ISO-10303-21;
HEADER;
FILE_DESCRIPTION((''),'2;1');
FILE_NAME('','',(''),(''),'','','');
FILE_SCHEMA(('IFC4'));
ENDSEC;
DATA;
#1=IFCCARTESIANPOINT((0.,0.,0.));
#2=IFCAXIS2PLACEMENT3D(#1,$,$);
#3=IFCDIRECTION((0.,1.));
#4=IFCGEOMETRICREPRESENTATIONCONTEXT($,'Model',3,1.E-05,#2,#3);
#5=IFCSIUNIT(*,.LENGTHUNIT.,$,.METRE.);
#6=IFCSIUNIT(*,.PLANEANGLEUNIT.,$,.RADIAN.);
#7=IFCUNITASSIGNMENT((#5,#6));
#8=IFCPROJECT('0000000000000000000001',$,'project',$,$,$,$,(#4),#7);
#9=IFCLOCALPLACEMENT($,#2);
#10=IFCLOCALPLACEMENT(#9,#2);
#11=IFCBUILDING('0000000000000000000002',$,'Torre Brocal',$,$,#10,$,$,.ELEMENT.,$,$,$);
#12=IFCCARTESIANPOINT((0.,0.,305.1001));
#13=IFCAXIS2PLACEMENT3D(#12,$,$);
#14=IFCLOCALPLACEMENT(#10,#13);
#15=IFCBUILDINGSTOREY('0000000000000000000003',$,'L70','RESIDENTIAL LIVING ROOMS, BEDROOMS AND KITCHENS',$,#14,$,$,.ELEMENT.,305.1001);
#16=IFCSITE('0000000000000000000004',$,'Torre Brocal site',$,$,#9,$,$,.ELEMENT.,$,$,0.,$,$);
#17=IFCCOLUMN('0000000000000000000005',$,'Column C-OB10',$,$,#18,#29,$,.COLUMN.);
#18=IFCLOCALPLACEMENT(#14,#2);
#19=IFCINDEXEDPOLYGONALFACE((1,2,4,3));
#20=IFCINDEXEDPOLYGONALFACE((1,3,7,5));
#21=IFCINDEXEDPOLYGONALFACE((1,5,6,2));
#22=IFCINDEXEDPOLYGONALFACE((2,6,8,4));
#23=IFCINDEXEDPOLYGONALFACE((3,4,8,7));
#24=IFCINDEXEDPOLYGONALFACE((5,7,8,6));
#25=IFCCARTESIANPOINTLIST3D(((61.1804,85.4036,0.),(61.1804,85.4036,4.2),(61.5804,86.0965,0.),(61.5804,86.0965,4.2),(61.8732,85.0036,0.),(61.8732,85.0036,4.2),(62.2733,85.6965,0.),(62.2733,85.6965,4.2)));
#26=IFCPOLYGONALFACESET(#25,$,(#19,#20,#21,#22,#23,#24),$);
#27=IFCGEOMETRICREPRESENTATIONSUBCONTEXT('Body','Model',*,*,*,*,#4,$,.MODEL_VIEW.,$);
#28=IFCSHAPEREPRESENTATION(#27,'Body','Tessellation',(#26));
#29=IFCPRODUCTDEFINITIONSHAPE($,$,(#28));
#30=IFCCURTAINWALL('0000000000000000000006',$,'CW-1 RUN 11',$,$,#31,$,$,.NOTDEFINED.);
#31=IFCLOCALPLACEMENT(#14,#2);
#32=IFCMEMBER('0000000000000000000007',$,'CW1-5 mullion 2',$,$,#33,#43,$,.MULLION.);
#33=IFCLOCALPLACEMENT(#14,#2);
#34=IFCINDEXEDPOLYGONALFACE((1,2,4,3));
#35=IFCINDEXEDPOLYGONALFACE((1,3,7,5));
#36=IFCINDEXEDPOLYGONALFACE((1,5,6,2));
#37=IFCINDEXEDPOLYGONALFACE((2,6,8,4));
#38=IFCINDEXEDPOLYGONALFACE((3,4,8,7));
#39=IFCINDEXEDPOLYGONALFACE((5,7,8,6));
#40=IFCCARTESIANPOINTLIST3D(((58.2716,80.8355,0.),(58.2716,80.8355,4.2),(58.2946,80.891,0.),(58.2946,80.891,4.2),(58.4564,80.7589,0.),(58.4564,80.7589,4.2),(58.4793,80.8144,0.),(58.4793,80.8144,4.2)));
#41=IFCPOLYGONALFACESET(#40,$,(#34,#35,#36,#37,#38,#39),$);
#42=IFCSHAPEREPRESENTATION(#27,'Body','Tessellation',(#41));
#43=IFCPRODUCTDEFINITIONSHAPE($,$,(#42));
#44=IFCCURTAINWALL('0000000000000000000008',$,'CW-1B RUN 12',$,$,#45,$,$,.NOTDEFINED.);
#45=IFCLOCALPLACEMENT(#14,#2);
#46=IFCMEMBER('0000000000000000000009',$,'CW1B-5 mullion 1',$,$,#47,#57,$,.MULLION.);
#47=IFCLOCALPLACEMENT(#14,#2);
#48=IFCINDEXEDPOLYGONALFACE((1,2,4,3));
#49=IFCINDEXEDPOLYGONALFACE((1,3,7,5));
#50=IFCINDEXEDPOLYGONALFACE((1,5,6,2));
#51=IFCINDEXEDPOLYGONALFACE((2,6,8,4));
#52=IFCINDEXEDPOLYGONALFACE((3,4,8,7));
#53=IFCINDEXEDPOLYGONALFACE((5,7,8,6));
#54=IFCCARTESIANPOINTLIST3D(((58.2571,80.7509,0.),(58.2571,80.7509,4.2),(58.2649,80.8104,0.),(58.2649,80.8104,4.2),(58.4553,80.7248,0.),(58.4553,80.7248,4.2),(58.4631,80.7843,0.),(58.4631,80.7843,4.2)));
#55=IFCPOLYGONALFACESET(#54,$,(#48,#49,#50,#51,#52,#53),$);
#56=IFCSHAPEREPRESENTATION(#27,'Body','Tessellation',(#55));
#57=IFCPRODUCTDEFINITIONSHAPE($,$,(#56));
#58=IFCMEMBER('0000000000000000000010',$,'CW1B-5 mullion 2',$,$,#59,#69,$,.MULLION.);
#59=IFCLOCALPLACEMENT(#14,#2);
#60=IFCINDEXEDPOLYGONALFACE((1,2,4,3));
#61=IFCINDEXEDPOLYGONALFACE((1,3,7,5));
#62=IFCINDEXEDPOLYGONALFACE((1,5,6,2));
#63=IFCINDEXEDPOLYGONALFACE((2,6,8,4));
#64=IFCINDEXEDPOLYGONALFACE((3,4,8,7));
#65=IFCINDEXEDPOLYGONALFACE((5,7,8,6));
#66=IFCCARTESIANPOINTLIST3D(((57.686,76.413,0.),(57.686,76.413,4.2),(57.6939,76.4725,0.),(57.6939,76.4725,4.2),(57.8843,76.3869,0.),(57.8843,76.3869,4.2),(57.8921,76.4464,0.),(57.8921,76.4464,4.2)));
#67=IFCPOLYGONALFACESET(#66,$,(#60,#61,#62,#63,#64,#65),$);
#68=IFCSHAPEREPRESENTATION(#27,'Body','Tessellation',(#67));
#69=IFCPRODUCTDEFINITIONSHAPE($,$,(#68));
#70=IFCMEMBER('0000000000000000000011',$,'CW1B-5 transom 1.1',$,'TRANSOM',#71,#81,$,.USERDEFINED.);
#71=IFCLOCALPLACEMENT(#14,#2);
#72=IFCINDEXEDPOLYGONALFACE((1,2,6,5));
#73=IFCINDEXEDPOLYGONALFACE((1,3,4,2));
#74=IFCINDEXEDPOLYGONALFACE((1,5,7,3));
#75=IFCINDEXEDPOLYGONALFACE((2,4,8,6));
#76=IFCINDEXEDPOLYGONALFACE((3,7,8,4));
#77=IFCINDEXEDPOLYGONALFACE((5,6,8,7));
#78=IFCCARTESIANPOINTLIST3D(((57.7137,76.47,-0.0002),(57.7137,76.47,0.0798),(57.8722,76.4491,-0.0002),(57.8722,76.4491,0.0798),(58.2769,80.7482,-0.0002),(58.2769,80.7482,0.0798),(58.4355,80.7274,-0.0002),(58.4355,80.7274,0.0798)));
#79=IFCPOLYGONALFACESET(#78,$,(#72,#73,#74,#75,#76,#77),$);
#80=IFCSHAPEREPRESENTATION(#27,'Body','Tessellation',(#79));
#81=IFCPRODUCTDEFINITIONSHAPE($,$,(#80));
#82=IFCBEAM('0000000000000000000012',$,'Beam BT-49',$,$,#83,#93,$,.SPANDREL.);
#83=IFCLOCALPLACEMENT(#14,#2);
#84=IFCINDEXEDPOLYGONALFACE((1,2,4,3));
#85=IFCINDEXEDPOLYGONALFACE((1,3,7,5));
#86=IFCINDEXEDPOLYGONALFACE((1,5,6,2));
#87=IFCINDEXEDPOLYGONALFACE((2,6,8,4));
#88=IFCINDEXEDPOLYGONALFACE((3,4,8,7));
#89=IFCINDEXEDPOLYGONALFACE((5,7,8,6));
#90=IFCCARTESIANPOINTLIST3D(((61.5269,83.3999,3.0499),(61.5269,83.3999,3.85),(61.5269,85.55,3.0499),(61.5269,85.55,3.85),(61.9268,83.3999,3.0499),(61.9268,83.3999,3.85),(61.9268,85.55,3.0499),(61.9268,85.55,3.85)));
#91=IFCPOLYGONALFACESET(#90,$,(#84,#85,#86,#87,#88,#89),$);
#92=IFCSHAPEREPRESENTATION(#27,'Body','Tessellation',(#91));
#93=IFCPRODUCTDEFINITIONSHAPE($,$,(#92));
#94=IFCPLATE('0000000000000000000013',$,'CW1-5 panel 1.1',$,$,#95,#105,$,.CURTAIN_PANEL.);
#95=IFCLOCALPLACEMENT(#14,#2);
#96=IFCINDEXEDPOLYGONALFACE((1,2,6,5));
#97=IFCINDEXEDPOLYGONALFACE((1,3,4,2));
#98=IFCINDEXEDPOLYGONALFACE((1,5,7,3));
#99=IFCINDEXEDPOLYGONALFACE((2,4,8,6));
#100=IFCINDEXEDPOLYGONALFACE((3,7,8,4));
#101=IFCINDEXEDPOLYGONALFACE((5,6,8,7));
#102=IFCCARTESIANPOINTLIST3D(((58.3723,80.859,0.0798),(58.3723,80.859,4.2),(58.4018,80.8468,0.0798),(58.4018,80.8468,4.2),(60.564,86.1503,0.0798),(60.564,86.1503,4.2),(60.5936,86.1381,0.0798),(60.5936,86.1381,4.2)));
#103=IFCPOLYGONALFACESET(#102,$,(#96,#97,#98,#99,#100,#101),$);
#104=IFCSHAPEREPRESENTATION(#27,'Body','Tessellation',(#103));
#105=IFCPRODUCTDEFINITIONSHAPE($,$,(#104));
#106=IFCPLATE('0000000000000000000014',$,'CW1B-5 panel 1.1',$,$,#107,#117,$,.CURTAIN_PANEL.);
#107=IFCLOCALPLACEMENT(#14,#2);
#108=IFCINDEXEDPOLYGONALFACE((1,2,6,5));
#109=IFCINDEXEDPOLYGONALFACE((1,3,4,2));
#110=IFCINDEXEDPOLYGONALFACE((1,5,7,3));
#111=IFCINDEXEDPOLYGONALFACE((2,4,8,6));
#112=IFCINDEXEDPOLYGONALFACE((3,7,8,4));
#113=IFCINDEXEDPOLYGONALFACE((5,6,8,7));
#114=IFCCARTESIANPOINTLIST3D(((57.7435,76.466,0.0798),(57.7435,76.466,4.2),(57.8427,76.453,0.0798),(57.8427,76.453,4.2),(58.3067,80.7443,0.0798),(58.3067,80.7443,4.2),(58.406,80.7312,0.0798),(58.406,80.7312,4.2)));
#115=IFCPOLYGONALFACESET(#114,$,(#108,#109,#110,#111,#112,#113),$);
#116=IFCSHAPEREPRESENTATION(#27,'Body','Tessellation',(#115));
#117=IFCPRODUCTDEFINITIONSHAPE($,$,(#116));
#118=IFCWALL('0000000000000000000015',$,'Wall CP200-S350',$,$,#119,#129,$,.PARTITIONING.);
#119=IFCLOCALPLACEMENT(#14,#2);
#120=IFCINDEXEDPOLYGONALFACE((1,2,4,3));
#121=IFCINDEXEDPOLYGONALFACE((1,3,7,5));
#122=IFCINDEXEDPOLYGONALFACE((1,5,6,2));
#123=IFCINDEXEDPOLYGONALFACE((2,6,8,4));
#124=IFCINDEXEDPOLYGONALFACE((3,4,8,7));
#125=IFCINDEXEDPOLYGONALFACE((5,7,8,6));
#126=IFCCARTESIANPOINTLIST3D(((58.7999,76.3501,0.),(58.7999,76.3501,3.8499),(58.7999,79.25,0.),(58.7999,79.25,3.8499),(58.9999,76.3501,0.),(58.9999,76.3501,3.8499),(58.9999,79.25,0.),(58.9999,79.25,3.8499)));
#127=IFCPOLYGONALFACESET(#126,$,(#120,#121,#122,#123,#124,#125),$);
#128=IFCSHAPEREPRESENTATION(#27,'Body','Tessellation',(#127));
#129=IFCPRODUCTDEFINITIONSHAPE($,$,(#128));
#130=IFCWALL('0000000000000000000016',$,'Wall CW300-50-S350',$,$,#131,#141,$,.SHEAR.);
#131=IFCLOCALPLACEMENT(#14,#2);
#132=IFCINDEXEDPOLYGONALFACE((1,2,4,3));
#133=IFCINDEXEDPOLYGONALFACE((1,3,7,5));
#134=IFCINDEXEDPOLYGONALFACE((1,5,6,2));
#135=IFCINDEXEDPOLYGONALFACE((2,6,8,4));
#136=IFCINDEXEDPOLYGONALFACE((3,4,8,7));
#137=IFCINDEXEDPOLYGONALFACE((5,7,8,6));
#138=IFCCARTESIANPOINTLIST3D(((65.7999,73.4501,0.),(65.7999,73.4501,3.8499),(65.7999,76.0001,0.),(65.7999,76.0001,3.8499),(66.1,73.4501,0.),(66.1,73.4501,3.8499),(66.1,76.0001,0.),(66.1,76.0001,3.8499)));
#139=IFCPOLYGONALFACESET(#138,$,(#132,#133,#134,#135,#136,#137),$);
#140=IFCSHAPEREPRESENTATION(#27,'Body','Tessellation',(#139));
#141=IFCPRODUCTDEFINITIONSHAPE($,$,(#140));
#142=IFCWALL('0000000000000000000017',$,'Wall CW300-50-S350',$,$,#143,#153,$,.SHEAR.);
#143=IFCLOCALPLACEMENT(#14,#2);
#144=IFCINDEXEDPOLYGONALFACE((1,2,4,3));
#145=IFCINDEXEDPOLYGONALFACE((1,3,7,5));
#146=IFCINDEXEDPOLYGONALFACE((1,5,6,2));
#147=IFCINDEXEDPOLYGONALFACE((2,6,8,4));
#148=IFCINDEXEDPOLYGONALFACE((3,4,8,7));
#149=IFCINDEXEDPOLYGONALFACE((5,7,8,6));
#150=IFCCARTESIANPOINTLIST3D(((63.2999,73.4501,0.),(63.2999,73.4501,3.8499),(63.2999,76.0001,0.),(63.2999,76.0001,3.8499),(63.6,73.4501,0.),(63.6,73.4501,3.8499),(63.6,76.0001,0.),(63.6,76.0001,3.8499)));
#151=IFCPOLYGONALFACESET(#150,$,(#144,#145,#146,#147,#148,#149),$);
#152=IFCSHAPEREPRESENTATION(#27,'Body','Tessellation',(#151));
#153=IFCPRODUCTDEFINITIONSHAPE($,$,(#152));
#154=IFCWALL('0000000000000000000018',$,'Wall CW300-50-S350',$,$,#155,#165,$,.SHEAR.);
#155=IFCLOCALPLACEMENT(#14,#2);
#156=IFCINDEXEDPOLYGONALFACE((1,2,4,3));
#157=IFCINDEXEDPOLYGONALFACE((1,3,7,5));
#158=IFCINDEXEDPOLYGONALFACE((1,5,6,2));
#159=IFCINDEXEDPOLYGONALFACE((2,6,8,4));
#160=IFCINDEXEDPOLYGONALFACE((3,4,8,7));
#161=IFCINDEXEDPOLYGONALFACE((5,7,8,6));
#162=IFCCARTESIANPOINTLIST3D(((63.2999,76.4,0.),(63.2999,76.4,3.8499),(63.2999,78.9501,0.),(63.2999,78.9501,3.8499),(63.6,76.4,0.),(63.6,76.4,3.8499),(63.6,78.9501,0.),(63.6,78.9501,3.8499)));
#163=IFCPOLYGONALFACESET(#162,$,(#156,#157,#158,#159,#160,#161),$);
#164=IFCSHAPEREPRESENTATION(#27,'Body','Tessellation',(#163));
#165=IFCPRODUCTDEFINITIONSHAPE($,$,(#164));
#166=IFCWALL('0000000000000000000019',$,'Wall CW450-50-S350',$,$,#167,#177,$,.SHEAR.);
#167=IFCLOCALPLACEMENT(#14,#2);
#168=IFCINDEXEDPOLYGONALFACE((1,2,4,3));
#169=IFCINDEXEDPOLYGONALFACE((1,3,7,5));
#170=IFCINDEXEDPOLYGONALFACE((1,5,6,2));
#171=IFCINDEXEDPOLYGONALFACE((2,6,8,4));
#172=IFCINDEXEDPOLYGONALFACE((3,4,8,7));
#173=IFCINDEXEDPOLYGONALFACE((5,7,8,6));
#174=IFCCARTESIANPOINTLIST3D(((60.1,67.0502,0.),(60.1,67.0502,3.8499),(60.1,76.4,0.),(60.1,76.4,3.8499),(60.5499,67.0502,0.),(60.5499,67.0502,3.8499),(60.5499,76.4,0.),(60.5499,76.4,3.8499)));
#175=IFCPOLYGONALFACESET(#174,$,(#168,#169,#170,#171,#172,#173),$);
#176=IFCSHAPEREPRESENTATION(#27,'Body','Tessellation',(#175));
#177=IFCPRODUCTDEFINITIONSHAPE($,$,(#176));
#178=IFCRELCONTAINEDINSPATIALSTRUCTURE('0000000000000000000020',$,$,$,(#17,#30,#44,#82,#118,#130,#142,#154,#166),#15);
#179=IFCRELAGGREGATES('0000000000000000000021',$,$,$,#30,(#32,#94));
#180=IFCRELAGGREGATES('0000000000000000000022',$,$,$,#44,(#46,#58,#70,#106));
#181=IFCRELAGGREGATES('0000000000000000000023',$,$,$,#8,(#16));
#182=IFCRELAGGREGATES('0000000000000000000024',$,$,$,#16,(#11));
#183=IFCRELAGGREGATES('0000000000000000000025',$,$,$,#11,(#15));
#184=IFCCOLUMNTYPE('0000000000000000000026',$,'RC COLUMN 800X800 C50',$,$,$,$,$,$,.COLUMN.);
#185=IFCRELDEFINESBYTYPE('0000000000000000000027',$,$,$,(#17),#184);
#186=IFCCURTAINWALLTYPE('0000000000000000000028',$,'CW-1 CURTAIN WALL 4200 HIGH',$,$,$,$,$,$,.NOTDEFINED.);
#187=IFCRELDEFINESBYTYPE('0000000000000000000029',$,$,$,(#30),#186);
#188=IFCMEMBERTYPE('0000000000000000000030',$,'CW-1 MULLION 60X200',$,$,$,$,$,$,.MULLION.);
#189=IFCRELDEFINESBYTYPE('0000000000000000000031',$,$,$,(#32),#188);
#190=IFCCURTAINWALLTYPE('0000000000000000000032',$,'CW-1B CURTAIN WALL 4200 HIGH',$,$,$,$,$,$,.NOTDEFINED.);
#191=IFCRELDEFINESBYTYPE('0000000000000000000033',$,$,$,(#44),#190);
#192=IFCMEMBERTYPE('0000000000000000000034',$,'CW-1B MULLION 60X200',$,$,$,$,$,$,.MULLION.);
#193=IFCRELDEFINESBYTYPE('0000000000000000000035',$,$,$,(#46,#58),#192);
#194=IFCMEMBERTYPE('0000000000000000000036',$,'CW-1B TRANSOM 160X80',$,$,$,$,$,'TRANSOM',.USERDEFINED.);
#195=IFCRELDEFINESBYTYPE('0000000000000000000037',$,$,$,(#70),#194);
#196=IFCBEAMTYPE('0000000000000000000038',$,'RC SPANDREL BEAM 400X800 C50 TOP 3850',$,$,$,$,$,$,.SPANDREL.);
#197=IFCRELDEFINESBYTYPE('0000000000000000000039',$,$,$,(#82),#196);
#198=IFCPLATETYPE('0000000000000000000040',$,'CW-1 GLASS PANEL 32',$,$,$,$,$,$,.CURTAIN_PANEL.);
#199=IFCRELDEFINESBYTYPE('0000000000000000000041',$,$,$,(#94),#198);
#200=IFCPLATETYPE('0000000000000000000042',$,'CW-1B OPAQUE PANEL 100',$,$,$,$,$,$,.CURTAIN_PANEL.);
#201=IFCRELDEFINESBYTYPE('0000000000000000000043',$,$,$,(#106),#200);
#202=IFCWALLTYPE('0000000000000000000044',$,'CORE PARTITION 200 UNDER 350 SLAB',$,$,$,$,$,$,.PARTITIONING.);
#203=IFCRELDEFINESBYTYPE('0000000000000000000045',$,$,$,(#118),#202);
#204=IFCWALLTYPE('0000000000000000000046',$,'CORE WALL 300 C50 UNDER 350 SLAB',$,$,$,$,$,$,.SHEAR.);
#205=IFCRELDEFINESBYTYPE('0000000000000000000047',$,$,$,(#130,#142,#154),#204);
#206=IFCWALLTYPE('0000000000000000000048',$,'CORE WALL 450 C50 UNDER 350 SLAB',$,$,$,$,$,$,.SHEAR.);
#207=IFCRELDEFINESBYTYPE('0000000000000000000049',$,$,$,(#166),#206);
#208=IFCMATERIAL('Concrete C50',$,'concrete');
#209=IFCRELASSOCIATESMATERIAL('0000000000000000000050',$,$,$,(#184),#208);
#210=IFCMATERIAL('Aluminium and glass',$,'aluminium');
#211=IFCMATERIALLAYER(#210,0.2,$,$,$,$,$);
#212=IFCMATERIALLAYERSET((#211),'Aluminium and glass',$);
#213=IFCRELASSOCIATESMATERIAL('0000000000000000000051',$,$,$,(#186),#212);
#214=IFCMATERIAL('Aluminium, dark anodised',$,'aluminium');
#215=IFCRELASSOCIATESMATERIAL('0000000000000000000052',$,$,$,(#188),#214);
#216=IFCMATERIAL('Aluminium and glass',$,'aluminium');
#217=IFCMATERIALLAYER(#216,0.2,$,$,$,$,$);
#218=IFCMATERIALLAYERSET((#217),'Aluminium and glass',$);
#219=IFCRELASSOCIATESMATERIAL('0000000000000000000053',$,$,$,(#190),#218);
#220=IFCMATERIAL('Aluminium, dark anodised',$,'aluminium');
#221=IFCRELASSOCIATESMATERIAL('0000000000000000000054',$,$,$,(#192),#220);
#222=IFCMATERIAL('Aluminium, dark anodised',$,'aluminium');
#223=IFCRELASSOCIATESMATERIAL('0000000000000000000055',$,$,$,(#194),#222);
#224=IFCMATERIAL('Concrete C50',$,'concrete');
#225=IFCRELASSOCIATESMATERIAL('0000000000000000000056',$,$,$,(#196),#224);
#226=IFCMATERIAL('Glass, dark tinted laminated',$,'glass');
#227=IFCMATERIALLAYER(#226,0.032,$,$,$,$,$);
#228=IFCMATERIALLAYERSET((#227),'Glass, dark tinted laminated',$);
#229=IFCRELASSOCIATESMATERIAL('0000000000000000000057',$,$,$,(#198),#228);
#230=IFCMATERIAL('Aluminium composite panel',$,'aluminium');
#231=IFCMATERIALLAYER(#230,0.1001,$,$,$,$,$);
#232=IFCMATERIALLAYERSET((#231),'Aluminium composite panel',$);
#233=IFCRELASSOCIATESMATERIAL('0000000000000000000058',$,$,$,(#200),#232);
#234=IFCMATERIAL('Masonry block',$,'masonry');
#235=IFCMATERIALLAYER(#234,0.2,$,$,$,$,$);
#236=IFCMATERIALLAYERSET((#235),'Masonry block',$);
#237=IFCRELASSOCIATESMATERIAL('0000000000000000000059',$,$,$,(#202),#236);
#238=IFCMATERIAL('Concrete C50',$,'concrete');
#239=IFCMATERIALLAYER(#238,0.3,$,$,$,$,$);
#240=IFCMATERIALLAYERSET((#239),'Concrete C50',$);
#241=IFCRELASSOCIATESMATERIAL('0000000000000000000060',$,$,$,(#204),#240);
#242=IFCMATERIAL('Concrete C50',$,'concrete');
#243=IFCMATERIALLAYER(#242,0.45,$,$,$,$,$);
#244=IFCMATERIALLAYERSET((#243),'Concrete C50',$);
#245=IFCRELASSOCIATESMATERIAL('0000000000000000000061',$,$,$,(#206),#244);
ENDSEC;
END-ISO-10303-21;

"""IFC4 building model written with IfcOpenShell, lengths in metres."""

from ifc_helpers import new_model, si_unit, direction, frame, frame_2d, origin, origin_2d, place, context, subcontext, project, spatial, rectangle, extrude, material, layer, layer_set, material_profile, profile_set, type_object, element, aggregate, save


model = new_model("IFC4")

# Units and contexts
model_context = context("Model", 3, precision=1e-05, world=origin(), true_north=direction((0.0, 1.0)))
body_context = subcontext(model_context, "Body", "Model", "MODEL_VIEW")
ifc_project = project(units=[si_unit("LENGTHUNIT", "METRE"), si_unit("PLANEANGLEUNIT", "RADIAN")], contexts=[model_context])

# Site, building, storey
site_placement = place(None, origin())
site = spatial("IfcSite", under=ifc_project, at=site_placement, Name="Torre Brocal site", CompositionType="ELEMENT", RefElevation=0.0)
building_placement = place(site_placement, origin())
building = spatial("IfcBuilding", under=site, at=building_placement, Name="Torre Brocal", CompositionType="ELEMENT")
storey_placement = place(building_placement, frame((0.0, 0.0, 305.1001)))
storey = spatial("IfcBuildingStorey", under=building, at=storey_placement, Name="L70", Description="RESIDENTIAL LIVING ROOMS, BEDROOMS AND KITCHENS", CompositionType="ELEMENT", Elevation=305.1001)

# Column
ifc_material_1 = material(Name="Concrete C50", Category="concrete")
ifc_material_profile_1 = material_profile(ifc_material_1, rectangle(XDim=0.8, YDim=0.8, at=origin_2d()), Name="RC 800X800")
ifc_profile_set_1 = profile_set([ifc_material_profile_1], Name="Concrete C50")
column_type = type_object("IfcColumnType", Name="RC COLUMN 800X800 C50", PredefinedType="COLUMN", material=ifc_profile_set_1)
column_placement = place(storey_placement, frame((61.7268, 85.55, 0.0), z_axis=(0.0, 0.0, 1.0), x_axis=(-0.866025, 0.5, 0.0)))
element("IfcColumn", 1, at=column_placement, inside=storey, type_object=column_type, Name="Column C-OB10", PredefinedType="COLUMN", context=body_context, shape_type="SweptSolid", body=[
    extrude(rectangle(XDim=0.8, YDim=0.8, at=origin_2d()), origin(), (0.0, 0.0, 1.0), 4.2),
])

# Curtain wall, member
ifc_material_2 = material(Name="Aluminium and glass", Category="aluminium")
ifc_layer_1 = layer(ifc_material_2, 0.2)
ifc_layer_set_1 = layer_set([ifc_layer_1], Name="Aluminium and glass")
curtain_wall_type_1 = type_object("IfcCurtainWallType", Name="CW-1 CURTAIN WALL 4200 HIGH", PredefinedType="NOTDEFINED", material=ifc_layer_set_1)
curtain_wall_1_placement = place(storey_placement, origin())
curtain_wall_1 = element("IfcCurtainWall", 2, at=curtain_wall_1_placement, inside=storey, type_object=curtain_wall_type_1, Name="CW-1 RUN 11", PredefinedType="NOTDEFINED")
ifc_material_3 = material(Name="Aluminium, dark anodised", Category="aluminium")
ifc_material_profile_2 = material_profile(ifc_material_3, rectangle(XDim=0.2, YDim=0.0601, at=origin_2d()), Name="CW-1 MULLION 60X200")
ifc_profile_set_2 = profile_set([ifc_material_profile_2], Name="Aluminium, dark anodised")
member_type_1 = type_object("IfcMemberType", Name="CW-1 MULLION 60X200", PredefinedType="MULLION", material=ifc_profile_set_2)
member_1_placement = place(storey_placement, frame((58.3755, 80.825, 0.0), z_axis=(0.0, 0.0, 1.0), x_axis=(0.92388, -0.382683, 0.0)))
member_1 = element("IfcMember", 3, at=member_1_placement, type_object=member_type_1, Name="CW1-5 mullion 2", PredefinedType="MULLION", context=body_context, shape_type="SweptSolid", body=[
    extrude(rectangle(XDim=0.2, YDim=0.0601, at=origin_2d()), origin(), (0.0, 0.0, 1.0), 4.2),
])

# Curtain wall, members
ifc_material_4 = material(Name="Aluminium and glass", Category="aluminium")
ifc_layer_2 = layer(ifc_material_4, 0.2)
ifc_layer_set_2 = layer_set([ifc_layer_2], Name="Aluminium and glass")
curtain_wall_type_2 = type_object("IfcCurtainWallType", Name="CW-1B CURTAIN WALL 4200 HIGH", PredefinedType="NOTDEFINED", material=ifc_layer_set_2)
curtain_wall_2_placement = place(storey_placement, origin())
curtain_wall_2 = element("IfcCurtainWall", 4, at=curtain_wall_2_placement, inside=storey, type_object=curtain_wall_type_2, Name="CW-1B RUN 12", PredefinedType="NOTDEFINED")
ifc_material_5 = material(Name="Aluminium, dark anodised", Category="aluminium")
ifc_material_profile_3 = material_profile(ifc_material_5, rectangle(XDim=0.2, YDim=0.0601, at=origin_2d()), Name="CW-1B MULLION 60X200")
ifc_profile_set_3 = profile_set([ifc_material_profile_3], Name="Aluminium, dark anodised")
member_type_2 = type_object("IfcMemberType", Name="CW-1B MULLION 60X200", PredefinedType="MULLION", material=ifc_profile_set_3)
member_2_placement = place(storey_placement, frame((58.3601, 80.7676, 0.0), z_axis=(0.0, 0.0, 1.0), x_axis=(0.991445, -0.130526, 0.0)))
member_2 = element("IfcMember", 5, at=member_2_placement, type_object=member_type_2, Name="CW1B-5 mullion 1", PredefinedType="MULLION", context=body_context, shape_type="SweptSolid", body=[
    extrude(rectangle(XDim=0.2, YDim=0.0601, at=origin_2d()), origin(), (0.0, 0.0, 1.0), 4.2),
])
member_3_placement = place(storey_placement, frame((57.7891, 76.4297, 0.0), z_axis=(0.0, 0.0, 1.0), x_axis=(0.991445, -0.130526, 0.0)))
member_3 = element("IfcMember", 6, at=member_3_placement, type_object=member_type_2, Name="CW1B-5 mullion 2", PredefinedType="MULLION", context=body_context, shape_type="SweptSolid", body=[
    extrude(rectangle(XDim=0.2, YDim=0.0601, at=origin_2d()), origin(), (0.0, 0.0, 1.0), 4.2),
])
ifc_material_6 = material(Name="Aluminium, dark anodised", Category="aluminium")
ifc_material_profile_4 = material_profile(ifc_material_6, rectangle(XDim=0.1599, YDim=0.0801, at=origin_2d()), Name="CW-1B TRANSOM 160X80")
ifc_profile_set_4 = profile_set([ifc_material_profile_4], Name="Aluminium, dark anodised")
member_type_3 = type_object("IfcMemberType", Name="CW-1B TRANSOM 160X80", ElementType="TRANSOM", PredefinedType="USERDEFINED", material=ifc_profile_set_4)
member_4_placement = place(storey_placement, frame((58.3562, 80.7378, 0.0398), z_axis=(-0.130522, -0.991445, 0.0), x_axis=(0.991445, -0.130522, 0.0)))
member_4 = element("IfcMember", 7, at=member_4_placement, type_object=member_type_3, Name="CW1B-5 transom 1.1", ObjectType="TRANSOM", PredefinedType="USERDEFINED", context=body_context, shape_type="SweptSolid", body=[
    extrude(rectangle(XDim=0.1599, YDim=0.0801, at=origin_2d()), origin(), (0.0, 0.0, 1.0), 4.3152),
])

# Beam
ifc_material_7 = material(Name="Concrete C50", Category="concrete")
ifc_material_profile_5 = material_profile(ifc_material_7, rectangle(XDim=0.3999, YDim=0.8, at=origin_2d()), Name="RC 400X800")
ifc_profile_set_5 = profile_set([ifc_material_profile_5], Name="Concrete C50")
beam_type = type_object("IfcBeamType", Name="RC SPANDREL BEAM 400X800 C50 TOP 3850", PredefinedType="SPANDREL", material=ifc_profile_set_5)
beam_placement = place(storey_placement, frame((61.7268, 85.55, 3.45), z_axis=(0.0, -1.0, 0.0), x_axis=(1.0, 0.0, 0.0)))
element("IfcBeam", 8, at=beam_placement, inside=storey, type_object=beam_type, Name="Beam BT-49", PredefinedType="SPANDREL", context=body_context, shape_type="SweptSolid", body=[
    extrude(rectangle(XDim=0.3999, YDim=0.8, at=origin_2d()), origin(), (0.0, 0.0, 1.0), 2.1501),
])

# Plates
ifc_material_8 = material(Name="Glass, dark tinted laminated", Category="glass")
ifc_layer_3 = layer(ifc_material_8, 0.032)
ifc_layer_set_3 = layer_set([ifc_layer_3], Name="Glass, dark tinted laminated")
plate_type_1 = type_object("IfcPlateType", Name="CW-1 GLASS PANEL 32", PredefinedType="CURTAIN_PANEL", material=ifc_layer_set_3)
plate_1_placement = place(storey_placement, frame((59.4829, 83.4985, 0.0798), z_axis=(0.0, 0.0, 1.0), x_axis=(-0.382683, -0.92388, 0.0)))
plate_1 = element("IfcPlate", 9, at=plate_1_placement, type_object=plate_type_1, Name="CW1-5 panel 1.1", PredefinedType="CURTAIN_PANEL", context=body_context, shape_type="SweptSolid", body=[
    extrude(rectangle(XDim=5.7273, YDim=0.032, at=origin_2d()), origin(), (0.0, 0.0, 1.0), 4.1201),
])
aggregate(curtain_wall_1, [member_1, plate_1])
ifc_material_9 = material(Name="Aluminium composite panel", Category="aluminium")
ifc_layer_4 = layer(ifc_material_9, 0.1001)
ifc_layer_set_4 = layer_set([ifc_layer_4], Name="Aluminium composite panel")
plate_type_2 = type_object("IfcPlateType", Name="CW-1B OPAQUE PANEL 100", PredefinedType="CURTAIN_PANEL", material=ifc_layer_set_4)
plate_2_placement = place(storey_placement, frame((58.0747, 78.5986, 0.0798), z_axis=(0.0, 0.0, 1.0), x_axis=(-0.130526, -0.991445, 0.0)))
plate_2 = element("IfcPlate", 10, at=plate_2_placement, type_object=plate_type_2, Name="CW1B-5 panel 1.1", PredefinedType="CURTAIN_PANEL", context=body_context, shape_type="SweptSolid", body=[
    extrude(rectangle(XDim=4.3152, YDim=0.1001, at=origin_2d()), origin(), (0.0, 0.0, 1.0), 4.1201),
])
aggregate(curtain_wall_2, [member_2, member_3, member_4, plate_2])

# Walls
ifc_material_10 = material(Name="Masonry block", Category="masonry")
ifc_layer_5 = layer(ifc_material_10, 0.2)
ifc_layer_set_5 = layer_set([ifc_layer_5], Name="Masonry block")
wall_type_1 = type_object("IfcWallType", Name="CORE PARTITION 200 UNDER 350 SLAB", PredefinedType="PARTITIONING", material=ifc_layer_set_5)
wall_1_placement = place(storey_placement, frame((58.8999, 79.25, 0.0), z_axis=(0.0, 0.0, 1.0), x_axis=(0.0, -1.0, 0.0)))
element("IfcWall", 11, at=wall_1_placement, inside=storey, type_object=wall_type_1, Name="Wall CP200-S350", PredefinedType="PARTITIONING", context=body_context, shape_type="SweptSolid", body=[
    extrude(rectangle(XDim=2.8999, YDim=0.2, at=frame_2d((1.45, 0.0))), origin(), (0.0, 0.0, 1.0), 3.8499),
])
ifc_material_11 = material(Name="Concrete C50", Category="concrete")
ifc_layer_6 = layer(ifc_material_11, 0.3)
ifc_layer_set_6 = layer_set([ifc_layer_6], Name="Concrete C50")
wall_type_2 = type_object("IfcWallType", Name="CORE WALL 300 C50 UNDER 350 SLAB", PredefinedType="SHEAR", material=ifc_layer_set_6)
for number, where, z_axis, x_axis, name in (
    (12, (65.95, 76.0, 0.0), (0.0, 0.0, 1.0), (0.0, -1.0, 0.0), "Wall CW300-50-S350"),
    (13, (63.45, 76.0, 0.0), (0.0, 0.0, 1.0), (0.0, -1.0, 0.0), "Wall CW300-50-S350"),
    (14, (63.45, 78.95, 0.0), (0.0, 0.0, 1.0), (0.0, -1.0, 0.0), "Wall CW300-50-S350"),
):
    element("IfcWall", number, at=place(storey_placement, frame(where, z_axis=z_axis, x_axis=x_axis)), inside=storey, type_object=wall_type_2, Name=name, PredefinedType="SHEAR", context=body_context, shape_type="SweptSolid", body=[
        extrude(rectangle(XDim=2.55, YDim=0.3, at=frame_2d((1.2749, 0.0))), origin(), (0.0, 0.0, 1.0), 3.8499),
    ])
ifc_material_12 = material(Name="Concrete C50", Category="concrete")
ifc_layer_7 = layer(ifc_material_12, 0.45)
ifc_layer_set_7 = layer_set([ifc_layer_7], Name="Concrete C50")
wall_type_3 = type_object("IfcWallType", Name="CORE WALL 450 C50 UNDER 350 SLAB", PredefinedType="SHEAR", material=ifc_layer_set_7)
wall_2_placement = place(storey_placement, frame((60.325, 76.3999, 0.0), z_axis=(0.0, 0.0, 1.0), x_axis=(0.0, -1.0, 0.0)))
element("IfcWall", 15, at=wall_2_placement, inside=storey, type_object=wall_type_3, Name="Wall CW450-50-S350", PredefinedType="SHEAR", context=body_context, shape_type="SweptSolid", body=[
    extrude(rectangle(XDim=9.3499, YDim=0.45, at=frame_2d((4.6748, 0.0))), origin(), (0.0, 0.0, 1.0), 3.8499),
])

save(model, "model.ifc")
